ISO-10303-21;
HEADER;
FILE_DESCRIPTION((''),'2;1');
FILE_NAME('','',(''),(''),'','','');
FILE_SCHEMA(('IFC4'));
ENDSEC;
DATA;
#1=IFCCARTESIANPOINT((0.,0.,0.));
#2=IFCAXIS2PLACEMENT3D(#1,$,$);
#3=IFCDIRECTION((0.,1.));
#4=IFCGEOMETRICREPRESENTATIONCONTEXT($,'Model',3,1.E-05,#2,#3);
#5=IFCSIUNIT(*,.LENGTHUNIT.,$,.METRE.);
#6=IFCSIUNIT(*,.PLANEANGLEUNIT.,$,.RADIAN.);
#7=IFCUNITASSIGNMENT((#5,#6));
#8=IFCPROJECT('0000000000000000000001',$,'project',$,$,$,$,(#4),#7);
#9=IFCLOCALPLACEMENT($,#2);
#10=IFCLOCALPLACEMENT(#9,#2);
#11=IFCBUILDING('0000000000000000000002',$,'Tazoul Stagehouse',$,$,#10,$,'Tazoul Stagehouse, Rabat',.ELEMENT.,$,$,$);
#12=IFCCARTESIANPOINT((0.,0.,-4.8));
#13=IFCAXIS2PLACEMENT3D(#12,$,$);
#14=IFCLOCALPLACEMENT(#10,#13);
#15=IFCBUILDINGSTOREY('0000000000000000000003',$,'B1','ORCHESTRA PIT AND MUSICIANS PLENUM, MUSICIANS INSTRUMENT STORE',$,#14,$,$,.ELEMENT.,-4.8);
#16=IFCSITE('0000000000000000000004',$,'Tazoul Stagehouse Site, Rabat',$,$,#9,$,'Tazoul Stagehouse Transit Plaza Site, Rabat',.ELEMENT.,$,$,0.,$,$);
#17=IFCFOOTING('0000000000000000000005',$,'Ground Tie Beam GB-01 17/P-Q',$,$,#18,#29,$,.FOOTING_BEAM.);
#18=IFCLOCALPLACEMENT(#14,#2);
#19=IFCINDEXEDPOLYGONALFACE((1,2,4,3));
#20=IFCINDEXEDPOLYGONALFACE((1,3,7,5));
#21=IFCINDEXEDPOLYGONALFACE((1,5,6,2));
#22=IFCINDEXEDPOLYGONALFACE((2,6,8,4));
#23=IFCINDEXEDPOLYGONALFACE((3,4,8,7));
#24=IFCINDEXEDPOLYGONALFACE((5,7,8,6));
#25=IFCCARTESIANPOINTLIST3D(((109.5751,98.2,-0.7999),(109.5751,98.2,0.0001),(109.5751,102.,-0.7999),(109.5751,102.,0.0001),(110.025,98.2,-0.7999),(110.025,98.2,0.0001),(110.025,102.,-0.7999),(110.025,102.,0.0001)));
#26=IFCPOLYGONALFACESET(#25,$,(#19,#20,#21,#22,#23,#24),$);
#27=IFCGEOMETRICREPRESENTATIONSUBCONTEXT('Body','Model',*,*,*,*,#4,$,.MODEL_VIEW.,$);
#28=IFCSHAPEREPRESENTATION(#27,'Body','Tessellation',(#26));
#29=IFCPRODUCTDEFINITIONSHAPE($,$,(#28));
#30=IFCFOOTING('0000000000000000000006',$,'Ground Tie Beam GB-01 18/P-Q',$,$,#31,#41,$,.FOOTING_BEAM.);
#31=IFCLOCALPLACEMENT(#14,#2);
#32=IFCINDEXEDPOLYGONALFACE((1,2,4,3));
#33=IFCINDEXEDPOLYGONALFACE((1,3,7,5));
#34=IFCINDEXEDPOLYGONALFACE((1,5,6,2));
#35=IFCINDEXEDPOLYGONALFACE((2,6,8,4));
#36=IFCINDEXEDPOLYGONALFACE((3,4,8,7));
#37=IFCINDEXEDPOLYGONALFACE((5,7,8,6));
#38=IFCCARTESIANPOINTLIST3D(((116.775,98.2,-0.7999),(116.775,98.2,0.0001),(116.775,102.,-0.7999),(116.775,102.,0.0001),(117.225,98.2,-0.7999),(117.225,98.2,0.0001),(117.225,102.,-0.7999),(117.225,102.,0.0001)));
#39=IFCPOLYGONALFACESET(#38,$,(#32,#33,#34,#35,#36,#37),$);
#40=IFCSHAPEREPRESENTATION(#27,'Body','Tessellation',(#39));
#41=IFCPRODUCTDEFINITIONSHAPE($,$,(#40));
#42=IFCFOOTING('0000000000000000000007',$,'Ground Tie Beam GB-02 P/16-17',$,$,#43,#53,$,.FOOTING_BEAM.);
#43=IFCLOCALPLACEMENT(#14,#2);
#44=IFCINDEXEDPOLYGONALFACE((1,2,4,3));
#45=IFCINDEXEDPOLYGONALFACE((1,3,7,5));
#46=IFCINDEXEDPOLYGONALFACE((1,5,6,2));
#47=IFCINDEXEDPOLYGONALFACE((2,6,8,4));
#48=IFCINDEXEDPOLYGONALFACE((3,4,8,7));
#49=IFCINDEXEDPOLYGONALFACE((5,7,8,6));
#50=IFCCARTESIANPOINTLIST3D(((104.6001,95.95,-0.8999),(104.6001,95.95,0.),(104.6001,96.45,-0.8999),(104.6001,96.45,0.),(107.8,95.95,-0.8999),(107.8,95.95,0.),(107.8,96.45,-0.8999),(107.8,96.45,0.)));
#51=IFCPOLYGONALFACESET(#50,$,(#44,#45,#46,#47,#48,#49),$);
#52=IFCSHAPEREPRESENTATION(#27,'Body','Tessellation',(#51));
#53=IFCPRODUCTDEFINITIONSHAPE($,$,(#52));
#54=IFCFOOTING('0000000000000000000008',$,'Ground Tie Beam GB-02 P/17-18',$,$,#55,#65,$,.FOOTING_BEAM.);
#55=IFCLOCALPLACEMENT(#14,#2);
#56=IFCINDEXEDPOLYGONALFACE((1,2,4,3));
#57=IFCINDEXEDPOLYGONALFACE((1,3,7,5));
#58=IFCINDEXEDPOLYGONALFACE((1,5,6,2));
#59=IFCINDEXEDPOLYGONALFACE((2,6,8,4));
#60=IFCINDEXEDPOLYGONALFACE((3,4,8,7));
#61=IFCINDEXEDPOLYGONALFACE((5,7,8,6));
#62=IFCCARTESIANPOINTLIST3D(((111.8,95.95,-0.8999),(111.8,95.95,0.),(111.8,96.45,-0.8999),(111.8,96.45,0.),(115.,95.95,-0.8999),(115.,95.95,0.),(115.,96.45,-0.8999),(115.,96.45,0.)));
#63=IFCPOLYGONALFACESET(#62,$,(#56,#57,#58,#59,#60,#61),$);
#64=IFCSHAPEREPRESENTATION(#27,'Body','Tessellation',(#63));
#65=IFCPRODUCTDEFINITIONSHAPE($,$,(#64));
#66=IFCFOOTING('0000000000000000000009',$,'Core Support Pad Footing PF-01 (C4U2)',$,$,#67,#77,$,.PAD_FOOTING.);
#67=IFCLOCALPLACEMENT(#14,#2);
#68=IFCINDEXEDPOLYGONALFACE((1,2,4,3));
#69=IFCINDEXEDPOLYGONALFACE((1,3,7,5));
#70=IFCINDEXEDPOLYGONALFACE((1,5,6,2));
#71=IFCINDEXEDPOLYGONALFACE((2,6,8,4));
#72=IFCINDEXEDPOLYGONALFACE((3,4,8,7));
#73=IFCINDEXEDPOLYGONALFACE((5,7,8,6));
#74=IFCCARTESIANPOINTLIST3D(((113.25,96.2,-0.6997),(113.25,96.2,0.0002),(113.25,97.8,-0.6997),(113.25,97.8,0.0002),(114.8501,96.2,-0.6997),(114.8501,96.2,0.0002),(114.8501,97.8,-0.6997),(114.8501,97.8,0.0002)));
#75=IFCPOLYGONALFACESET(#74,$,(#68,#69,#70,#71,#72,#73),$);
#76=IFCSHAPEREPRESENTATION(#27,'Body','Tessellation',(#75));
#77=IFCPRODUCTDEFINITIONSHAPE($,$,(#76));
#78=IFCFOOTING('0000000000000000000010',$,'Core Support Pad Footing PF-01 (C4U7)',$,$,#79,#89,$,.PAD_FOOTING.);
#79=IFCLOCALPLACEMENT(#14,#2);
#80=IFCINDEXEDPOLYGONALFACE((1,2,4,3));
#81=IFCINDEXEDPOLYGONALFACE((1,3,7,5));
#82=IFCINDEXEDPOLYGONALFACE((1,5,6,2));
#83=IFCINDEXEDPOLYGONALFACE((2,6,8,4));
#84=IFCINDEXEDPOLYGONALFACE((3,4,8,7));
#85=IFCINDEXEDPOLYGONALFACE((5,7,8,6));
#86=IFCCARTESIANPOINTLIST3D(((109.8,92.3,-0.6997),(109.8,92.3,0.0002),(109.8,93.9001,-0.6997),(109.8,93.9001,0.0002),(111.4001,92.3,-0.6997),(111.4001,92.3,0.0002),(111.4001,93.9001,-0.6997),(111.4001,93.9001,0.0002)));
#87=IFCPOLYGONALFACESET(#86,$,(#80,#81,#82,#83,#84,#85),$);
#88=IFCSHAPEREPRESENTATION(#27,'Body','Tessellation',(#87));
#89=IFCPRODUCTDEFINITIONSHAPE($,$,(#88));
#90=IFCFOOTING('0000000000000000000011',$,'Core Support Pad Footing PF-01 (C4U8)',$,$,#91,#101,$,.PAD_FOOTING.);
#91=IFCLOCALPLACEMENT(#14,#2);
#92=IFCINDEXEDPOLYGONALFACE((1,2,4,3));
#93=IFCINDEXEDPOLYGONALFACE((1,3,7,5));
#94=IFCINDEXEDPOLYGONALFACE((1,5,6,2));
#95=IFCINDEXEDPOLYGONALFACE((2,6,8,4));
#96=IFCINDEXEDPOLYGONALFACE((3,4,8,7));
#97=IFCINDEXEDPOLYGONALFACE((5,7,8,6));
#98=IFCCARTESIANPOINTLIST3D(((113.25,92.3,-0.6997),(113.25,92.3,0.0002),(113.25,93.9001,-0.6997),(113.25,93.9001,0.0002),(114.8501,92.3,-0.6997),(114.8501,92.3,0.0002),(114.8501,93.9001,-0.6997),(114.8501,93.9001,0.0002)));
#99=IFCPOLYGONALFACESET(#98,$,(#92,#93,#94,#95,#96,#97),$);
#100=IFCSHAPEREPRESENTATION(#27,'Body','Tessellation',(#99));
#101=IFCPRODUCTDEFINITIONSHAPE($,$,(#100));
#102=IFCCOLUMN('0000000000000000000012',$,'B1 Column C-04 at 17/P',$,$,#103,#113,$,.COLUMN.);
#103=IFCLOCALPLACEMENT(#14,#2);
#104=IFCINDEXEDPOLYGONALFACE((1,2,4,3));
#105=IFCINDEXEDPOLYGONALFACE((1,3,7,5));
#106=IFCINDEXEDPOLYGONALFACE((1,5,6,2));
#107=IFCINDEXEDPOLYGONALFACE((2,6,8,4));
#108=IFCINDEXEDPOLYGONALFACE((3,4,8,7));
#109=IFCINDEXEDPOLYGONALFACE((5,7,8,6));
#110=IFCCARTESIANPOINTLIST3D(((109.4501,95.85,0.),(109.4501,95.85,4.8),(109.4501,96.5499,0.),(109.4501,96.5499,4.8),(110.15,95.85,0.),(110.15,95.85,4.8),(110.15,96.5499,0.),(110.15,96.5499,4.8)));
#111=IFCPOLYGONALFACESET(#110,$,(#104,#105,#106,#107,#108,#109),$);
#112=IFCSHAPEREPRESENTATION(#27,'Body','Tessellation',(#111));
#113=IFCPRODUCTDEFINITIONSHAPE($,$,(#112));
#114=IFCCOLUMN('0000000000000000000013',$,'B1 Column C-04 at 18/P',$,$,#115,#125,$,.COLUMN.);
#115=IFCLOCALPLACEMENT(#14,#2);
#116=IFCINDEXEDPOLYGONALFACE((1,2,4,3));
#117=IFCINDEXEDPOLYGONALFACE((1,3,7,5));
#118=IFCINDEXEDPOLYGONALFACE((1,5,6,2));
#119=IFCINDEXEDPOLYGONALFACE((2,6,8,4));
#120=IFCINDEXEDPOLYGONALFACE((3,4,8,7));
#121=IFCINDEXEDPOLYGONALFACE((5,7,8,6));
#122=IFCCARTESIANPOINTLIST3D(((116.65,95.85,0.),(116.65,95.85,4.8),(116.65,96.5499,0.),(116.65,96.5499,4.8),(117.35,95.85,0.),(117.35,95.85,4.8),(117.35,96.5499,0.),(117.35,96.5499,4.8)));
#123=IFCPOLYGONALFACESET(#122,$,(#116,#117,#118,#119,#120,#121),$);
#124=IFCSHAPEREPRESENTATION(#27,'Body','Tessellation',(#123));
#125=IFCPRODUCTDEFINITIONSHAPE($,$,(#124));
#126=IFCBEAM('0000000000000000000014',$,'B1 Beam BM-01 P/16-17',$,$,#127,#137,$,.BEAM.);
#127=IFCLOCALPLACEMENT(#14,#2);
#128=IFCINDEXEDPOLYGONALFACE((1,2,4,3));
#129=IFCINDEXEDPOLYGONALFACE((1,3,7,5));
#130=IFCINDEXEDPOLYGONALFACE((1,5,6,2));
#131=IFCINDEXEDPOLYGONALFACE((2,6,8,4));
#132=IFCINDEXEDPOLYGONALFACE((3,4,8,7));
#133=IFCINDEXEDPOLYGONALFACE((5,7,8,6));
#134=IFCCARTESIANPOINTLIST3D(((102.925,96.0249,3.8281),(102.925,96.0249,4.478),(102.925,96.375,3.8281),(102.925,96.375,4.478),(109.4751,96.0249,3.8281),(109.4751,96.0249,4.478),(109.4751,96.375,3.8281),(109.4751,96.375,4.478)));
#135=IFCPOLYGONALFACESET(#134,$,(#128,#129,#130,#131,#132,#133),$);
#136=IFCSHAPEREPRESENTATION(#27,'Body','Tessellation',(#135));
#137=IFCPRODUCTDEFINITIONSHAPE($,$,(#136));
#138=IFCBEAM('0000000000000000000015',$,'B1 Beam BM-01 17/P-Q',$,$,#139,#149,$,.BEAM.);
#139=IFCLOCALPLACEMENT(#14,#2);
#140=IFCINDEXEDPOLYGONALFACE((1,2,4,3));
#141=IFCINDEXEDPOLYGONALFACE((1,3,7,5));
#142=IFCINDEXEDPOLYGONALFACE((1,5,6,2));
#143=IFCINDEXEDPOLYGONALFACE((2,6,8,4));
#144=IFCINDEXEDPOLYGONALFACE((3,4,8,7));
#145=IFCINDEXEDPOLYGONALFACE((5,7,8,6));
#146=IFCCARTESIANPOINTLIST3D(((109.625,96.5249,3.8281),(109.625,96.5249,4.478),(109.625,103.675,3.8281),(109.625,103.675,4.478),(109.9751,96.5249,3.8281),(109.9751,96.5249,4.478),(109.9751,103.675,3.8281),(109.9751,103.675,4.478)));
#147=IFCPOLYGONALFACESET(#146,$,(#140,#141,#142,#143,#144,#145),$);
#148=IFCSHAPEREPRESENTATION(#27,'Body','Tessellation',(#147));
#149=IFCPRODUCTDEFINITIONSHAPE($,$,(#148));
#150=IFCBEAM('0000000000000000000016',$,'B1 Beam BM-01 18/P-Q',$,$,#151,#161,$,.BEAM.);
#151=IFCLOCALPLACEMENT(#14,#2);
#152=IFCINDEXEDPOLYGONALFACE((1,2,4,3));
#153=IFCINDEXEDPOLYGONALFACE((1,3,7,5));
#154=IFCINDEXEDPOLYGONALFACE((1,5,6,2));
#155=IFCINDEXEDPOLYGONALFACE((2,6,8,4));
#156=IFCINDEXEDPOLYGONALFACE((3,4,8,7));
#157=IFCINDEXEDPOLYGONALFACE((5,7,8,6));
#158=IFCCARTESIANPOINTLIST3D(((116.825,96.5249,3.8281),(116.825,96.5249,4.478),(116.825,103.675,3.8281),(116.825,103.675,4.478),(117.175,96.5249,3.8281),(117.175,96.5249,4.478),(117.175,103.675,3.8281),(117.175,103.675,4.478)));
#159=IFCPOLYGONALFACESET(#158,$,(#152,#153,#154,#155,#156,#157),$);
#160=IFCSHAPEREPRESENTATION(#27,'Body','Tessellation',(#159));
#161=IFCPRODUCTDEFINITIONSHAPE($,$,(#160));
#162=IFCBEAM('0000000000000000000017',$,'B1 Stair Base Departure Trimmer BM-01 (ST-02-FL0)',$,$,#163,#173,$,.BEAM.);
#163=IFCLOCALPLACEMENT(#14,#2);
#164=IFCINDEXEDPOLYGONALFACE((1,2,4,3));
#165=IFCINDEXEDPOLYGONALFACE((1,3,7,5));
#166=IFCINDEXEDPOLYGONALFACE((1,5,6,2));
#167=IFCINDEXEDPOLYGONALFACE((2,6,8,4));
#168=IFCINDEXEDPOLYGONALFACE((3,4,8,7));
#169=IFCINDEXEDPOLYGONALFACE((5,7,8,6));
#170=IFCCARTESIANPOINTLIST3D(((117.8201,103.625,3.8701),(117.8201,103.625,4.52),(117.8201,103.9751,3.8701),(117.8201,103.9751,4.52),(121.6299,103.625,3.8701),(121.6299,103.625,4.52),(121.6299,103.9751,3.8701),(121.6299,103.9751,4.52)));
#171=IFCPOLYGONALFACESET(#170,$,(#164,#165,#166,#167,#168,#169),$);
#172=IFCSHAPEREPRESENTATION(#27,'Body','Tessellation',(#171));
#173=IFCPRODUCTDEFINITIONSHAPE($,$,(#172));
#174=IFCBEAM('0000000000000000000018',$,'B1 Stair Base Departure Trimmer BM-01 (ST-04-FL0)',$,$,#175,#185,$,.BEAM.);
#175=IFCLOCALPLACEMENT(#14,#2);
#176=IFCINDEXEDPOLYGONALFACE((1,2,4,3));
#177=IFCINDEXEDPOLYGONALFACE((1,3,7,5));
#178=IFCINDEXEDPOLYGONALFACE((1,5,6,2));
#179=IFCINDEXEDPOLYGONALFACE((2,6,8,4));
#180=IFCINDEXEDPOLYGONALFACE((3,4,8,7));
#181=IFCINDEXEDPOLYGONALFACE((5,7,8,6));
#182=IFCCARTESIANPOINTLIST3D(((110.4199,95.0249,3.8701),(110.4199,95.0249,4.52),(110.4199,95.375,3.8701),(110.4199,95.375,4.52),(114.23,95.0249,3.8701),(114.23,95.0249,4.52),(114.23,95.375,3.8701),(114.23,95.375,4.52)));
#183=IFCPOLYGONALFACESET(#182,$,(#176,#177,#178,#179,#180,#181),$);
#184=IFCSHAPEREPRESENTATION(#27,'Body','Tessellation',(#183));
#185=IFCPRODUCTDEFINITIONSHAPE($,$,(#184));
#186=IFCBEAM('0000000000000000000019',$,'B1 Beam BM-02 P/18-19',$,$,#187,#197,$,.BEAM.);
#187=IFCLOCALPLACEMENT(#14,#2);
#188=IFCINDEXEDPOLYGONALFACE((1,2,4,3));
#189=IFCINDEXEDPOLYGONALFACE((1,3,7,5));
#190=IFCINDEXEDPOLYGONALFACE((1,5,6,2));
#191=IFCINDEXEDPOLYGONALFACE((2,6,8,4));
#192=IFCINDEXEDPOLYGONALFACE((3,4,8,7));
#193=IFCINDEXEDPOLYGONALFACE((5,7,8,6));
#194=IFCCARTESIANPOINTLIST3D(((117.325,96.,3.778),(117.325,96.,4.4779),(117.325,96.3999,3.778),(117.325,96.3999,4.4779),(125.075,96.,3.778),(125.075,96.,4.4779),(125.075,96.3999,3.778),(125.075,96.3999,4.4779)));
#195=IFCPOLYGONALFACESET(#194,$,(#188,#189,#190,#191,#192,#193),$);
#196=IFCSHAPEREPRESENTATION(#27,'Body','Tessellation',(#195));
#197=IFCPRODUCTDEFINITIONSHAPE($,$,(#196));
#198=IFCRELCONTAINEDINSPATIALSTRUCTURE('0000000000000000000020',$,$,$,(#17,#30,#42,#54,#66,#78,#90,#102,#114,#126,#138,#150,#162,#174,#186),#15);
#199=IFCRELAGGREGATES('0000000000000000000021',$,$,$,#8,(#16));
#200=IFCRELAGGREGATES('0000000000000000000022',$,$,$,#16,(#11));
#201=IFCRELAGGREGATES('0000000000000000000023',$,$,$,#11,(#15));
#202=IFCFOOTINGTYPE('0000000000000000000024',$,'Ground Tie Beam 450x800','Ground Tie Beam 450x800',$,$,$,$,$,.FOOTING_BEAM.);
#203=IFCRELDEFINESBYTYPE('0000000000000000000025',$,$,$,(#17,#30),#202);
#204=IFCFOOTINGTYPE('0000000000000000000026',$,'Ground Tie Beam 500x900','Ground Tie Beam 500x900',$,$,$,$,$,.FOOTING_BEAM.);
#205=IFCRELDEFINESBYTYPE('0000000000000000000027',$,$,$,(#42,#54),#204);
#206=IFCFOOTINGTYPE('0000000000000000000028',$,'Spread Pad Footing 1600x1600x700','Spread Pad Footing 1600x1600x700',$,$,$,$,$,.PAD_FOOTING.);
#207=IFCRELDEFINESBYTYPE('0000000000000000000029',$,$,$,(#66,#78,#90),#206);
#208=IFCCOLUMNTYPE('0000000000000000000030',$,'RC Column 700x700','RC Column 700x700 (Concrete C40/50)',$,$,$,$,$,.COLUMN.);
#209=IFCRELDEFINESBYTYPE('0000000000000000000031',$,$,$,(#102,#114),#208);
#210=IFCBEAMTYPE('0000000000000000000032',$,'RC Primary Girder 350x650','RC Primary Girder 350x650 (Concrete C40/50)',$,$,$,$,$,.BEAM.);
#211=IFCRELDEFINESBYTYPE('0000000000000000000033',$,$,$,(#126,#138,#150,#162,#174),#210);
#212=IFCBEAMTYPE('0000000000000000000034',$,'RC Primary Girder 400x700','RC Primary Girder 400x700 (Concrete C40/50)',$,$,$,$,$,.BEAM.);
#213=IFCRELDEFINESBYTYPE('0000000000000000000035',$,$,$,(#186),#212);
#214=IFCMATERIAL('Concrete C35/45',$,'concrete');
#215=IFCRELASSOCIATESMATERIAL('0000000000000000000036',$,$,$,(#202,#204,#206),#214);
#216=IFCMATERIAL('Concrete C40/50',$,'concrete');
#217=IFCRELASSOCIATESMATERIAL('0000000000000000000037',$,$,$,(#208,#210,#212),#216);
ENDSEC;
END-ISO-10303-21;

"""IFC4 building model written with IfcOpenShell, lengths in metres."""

from ifc_helpers import new_model, si_unit, direction, frame, origin, origin_2d, place, context, subcontext, project, spatial, rectangle, extrude, material, material_profile, profile_set, type_object, element, save


model = new_model("IFC4")

# Units and contexts
model_context = context("Model", 3, precision=1e-05, world=origin(), true_north=direction((0.0, 1.0)))
body_context = subcontext(model_context, "Body", "Model", "MODEL_VIEW")
ifc_project = project(units=[si_unit("LENGTHUNIT", "METRE"), si_unit("PLANEANGLEUNIT", "RADIAN")], contexts=[model_context])

# Site, building, storey
site_placement = place(None, origin())
site = spatial("IfcSite", under=ifc_project, at=site_placement, Name="Tazoul Stagehouse Site, Rabat", LongName="Tazoul Stagehouse Transit Plaza Site, Rabat", CompositionType="ELEMENT", RefElevation=0.0)
building_placement = place(site_placement, origin())
building = spatial("IfcBuilding", under=site, at=building_placement, Name="Tazoul Stagehouse", LongName="Tazoul Stagehouse, Rabat", CompositionType="ELEMENT")
storey_placement = place(building_placement, frame((0.0, 0.0, -4.8)))
storey = spatial("IfcBuildingStorey", under=building, at=storey_placement, Name="B1", Description="ORCHESTRA PIT AND MUSICIANS PLENUM, MUSICIANS INSTRUMENT STORE", CompositionType="ELEMENT", Elevation=-4.8)

# Shared definitions
ifc_material_1 = material(Name="Concrete C35/45", Category="concrete")

# Footings
ifc_material_profile_1 = material_profile(ifc_material_1, rectangle(XDim=0.45, YDim=0.8, at=origin_2d()), Name="RC 450x800")
ifc_profile_set_1 = profile_set([ifc_material_profile_1], Name="Concrete C35/45")
footing_type_1 = type_object("IfcFootingType", Name="Ground Tie Beam 450x800", Description="Ground Tie Beam 450x800", PredefinedType="FOOTING_BEAM", material=ifc_profile_set_1)
for number, where, z_axis, x_axis, name in (
    (1, (109.8, 98.2, -0.3999), (0.0, 1.0, 0.0), (-1.0, 0.0, 0.0), "Ground Tie Beam GB-01 17/P-Q"),
    (2, (117.0, 98.2, -0.3999), (0.0, 1.0, 0.0), (-1.0, 0.0, 0.0), "Ground Tie Beam GB-01 18/P-Q"),
):
    element("IfcFooting", number, at=place(storey_placement, frame(where, z_axis=z_axis, x_axis=x_axis)), inside=storey, type_object=footing_type_1, Name=name, PredefinedType="FOOTING_BEAM", context=body_context, shape_type="SweptSolid", body=[
        extrude(rectangle(XDim=0.45, YDim=0.8, at=origin_2d()), origin(), (0.0, 0.0, 1.0), 3.8),
    ])
ifc_material_profile_2 = material_profile(ifc_material_1, rectangle(XDim=0.5, YDim=0.8999, at=origin_2d()), Name="RC 500x900")
ifc_profile_set_2 = profile_set([ifc_material_profile_2], Name="Concrete C35/45")
footing_type_2 = type_object("IfcFootingType", Name="Ground Tie Beam 500x900", Description="Ground Tie Beam 500x900", PredefinedType="FOOTING_BEAM", material=ifc_profile_set_2)
for number, where, z_axis, x_axis, name in (
    (3, (104.6001, 96.2, -0.45), (1.0, 0.0, 0.0), (0.0, 1.0, 0.0), "Ground Tie Beam GB-02 P/16-17"),
    (4, (111.8, 96.2, -0.45), (1.0, 0.0, 0.0), (0.0, 1.0, 0.0), "Ground Tie Beam GB-02 P/17-18"),
):
    element("IfcFooting", number, at=place(storey_placement, frame(where, z_axis=z_axis, x_axis=x_axis)), inside=storey, type_object=footing_type_2, Name=name, PredefinedType="FOOTING_BEAM", context=body_context, shape_type="SweptSolid", body=[
        extrude(rectangle(XDim=0.5, YDim=0.8999, at=origin_2d()), origin(), (0.0, 0.0, 1.0), 3.2),
    ])
footing_type_3 = type_object("IfcFootingType", Name="Spread Pad Footing 1600x1600x700", Description="Spread Pad Footing 1600x1600x700", PredefinedType="PAD_FOOTING", material=ifc_material_1)
for number, where, z_axis, x_axis, name in (
    (5, (114.05, 97.0, -0.6997), (0.0, 0.0, 1.0), (1.0, 0.0, 0.0), "Core Support Pad Footing PF-01 (C4U2)"),
    (6, (110.6001, 93.1001, -0.6997), (0.0, 0.0, 1.0), (1.0, 0.0, 0.0), "Core Support Pad Footing PF-01 (C4U7)"),
    (7, (114.05, 93.1001, -0.6997), (0.0, 0.0, 1.0), (1.0, 0.0, 0.0), "Core Support Pad Footing PF-01 (C4U8)"),
):
    element("IfcFooting", number, at=place(storey_placement, frame(where, z_axis=z_axis, x_axis=x_axis)), inside=storey, type_object=footing_type_3, Name=name, PredefinedType="PAD_FOOTING", context=body_context, shape_type="SweptSolid", body=[
        extrude(rectangle(XDim=1.6001, YDim=1.6001, at=origin_2d()), origin(), (0.0, 0.0, 1.0), 0.7),
    ])

# Columns
ifc_material_2 = material(Name="Concrete C40/50", Category="concrete")
ifc_material_profile_3 = material_profile(ifc_material_2, rectangle(XDim=0.7, YDim=0.7, at=origin_2d()), Name="RC 700x700")
ifc_profile_set_3 = profile_set([ifc_material_profile_3], Name="Concrete C40/50")
column_type = type_object("IfcColumnType", Name="RC Column 700x700", Description="RC Column 700x700 (Concrete C40/50)", PredefinedType="COLUMN", material=ifc_profile_set_3)
for number, where, z_axis, x_axis, name in (
    (8, (109.8, 96.2, 0.0), (0.0, 0.0, 1.0), (1.0, 0.0, 0.0), "B1 Column C-04 at 17/P"),
    (9, (117.0, 96.2, 0.0), (0.0, 0.0, 1.0), (1.0, 0.0, 0.0), "B1 Column C-04 at 18/P"),
):
    element("IfcColumn", number, at=place(storey_placement, frame(where, z_axis=z_axis, x_axis=x_axis)), inside=storey, type_object=column_type, Name=name, PredefinedType="COLUMN", context=body_context, shape_type="SweptSolid", body=[
        extrude(rectangle(XDim=0.7, YDim=0.7, at=origin_2d()), origin(), (0.0, 0.0, 1.0), 4.8),
    ])

# Beams
ifc_material_profile_4 = material_profile(ifc_material_2, rectangle(XDim=0.3501, YDim=0.6499, at=origin_2d()), Name="RC 350x650")
ifc_profile_set_4 = profile_set([ifc_material_profile_4], Name="Concrete C40/50")
beam_type_1 = type_object("IfcBeamType", Name="RC Primary Girder 350x650", Description="RC Primary Girder 350x650 (Concrete C40/50)", PredefinedType="BEAM", material=ifc_profile_set_4)
beam_1_placement = place(storey_placement, frame((102.925, 96.2, 4.1531), z_axis=(1.0, 0.0, 0.0), x_axis=(0.0, 1.0, 0.0)))
element("IfcBeam", 10, at=beam_1_placement, inside=storey, type_object=beam_type_1, Name="B1 Beam BM-01 P/16-17", PredefinedType="BEAM", context=body_context, shape_type="SweptSolid", body=[
    extrude(rectangle(XDim=0.3501, YDim=0.6499, at=origin_2d()), origin(), (0.0, 0.0, 1.0), 6.55),
])
for number, where, z_axis, x_axis, name in (
    (11, (109.8, 96.5249, 4.1531), (0.0, 1.0, 0.0), (-1.0, 0.0, 0.0), "B1 Beam BM-01 17/P-Q"),
    (12, (117.0, 96.5249, 4.1531), (0.0, 1.0, 0.0), (-1.0, 0.0, 0.0), "B1 Beam BM-01 18/P-Q"),
):
    element("IfcBeam", number, at=place(storey_placement, frame(where, z_axis=z_axis, x_axis=x_axis)), inside=storey, type_object=beam_type_1, Name=name, PredefinedType="BEAM", context=body_context, shape_type="SweptSolid", body=[
        extrude(rectangle(XDim=0.3501, YDim=0.6499, at=origin_2d()), origin(), (0.0, 0.0, 1.0), 7.1501),
    ])
beam_2_placement = place(storey_placement, frame((117.8201, 103.8, 4.1951), z_axis=(1.0, 0.0, 0.0), x_axis=(0.0, 1.0, 0.0)))
element("IfcBeam", 13, at=beam_2_placement, inside=storey, type_object=beam_type_1, Name="B1 Stair Base Departure Trimmer BM-01 (ST-02-FL0)", PredefinedType="BEAM", context=body_context, shape_type="SweptSolid", body=[
    extrude(rectangle(XDim=0.3501, YDim=0.6499, at=origin_2d()), origin(), (0.0, 0.0, 1.0), 3.8098),
])
beam_3_placement = place(storey_placement, frame((110.4199, 95.2, 4.1951), z_axis=(1.0, 0.0, 0.0), x_axis=(0.0, 1.0, 0.0)))
element("IfcBeam", 14, at=beam_3_placement, inside=storey, type_object=beam_type_1, Name="B1 Stair Base Departure Trimmer BM-01 (ST-04-FL0)", PredefinedType="BEAM", context=body_context, shape_type="SweptSolid", body=[
    extrude(rectangle(XDim=0.3501, YDim=0.6499, at=origin_2d()), origin(), (0.0, 0.0, 1.0), 3.8101),
])
ifc_material_profile_5 = material_profile(ifc_material_2, rectangle(XDim=0.3999, YDim=0.7, at=origin_2d()), Name="RC 400x700")
ifc_profile_set_5 = profile_set([ifc_material_profile_5], Name="Concrete C40/50")
beam_type_2 = type_object("IfcBeamType", Name="RC Primary Girder 400x700", Description="RC Primary Girder 400x700 (Concrete C40/50)", PredefinedType="BEAM", material=ifc_profile_set_5)
beam_4_placement = place(storey_placement, frame((117.325, 96.2, 4.1279), z_axis=(1.0, 0.0, 0.0), x_axis=(0.0, 1.0, 0.0)))
element("IfcBeam", 15, at=beam_4_placement, inside=storey, type_object=beam_type_2, Name="B1 Beam BM-02 P/18-19", PredefinedType="BEAM", context=body_context, shape_type="SweptSolid", body=[
    extrude(rectangle(XDim=0.3999, YDim=0.7, at=origin_2d()), origin(), (0.0, 0.0, 1.0), 7.75),
])

save(model, "model.ifc")
